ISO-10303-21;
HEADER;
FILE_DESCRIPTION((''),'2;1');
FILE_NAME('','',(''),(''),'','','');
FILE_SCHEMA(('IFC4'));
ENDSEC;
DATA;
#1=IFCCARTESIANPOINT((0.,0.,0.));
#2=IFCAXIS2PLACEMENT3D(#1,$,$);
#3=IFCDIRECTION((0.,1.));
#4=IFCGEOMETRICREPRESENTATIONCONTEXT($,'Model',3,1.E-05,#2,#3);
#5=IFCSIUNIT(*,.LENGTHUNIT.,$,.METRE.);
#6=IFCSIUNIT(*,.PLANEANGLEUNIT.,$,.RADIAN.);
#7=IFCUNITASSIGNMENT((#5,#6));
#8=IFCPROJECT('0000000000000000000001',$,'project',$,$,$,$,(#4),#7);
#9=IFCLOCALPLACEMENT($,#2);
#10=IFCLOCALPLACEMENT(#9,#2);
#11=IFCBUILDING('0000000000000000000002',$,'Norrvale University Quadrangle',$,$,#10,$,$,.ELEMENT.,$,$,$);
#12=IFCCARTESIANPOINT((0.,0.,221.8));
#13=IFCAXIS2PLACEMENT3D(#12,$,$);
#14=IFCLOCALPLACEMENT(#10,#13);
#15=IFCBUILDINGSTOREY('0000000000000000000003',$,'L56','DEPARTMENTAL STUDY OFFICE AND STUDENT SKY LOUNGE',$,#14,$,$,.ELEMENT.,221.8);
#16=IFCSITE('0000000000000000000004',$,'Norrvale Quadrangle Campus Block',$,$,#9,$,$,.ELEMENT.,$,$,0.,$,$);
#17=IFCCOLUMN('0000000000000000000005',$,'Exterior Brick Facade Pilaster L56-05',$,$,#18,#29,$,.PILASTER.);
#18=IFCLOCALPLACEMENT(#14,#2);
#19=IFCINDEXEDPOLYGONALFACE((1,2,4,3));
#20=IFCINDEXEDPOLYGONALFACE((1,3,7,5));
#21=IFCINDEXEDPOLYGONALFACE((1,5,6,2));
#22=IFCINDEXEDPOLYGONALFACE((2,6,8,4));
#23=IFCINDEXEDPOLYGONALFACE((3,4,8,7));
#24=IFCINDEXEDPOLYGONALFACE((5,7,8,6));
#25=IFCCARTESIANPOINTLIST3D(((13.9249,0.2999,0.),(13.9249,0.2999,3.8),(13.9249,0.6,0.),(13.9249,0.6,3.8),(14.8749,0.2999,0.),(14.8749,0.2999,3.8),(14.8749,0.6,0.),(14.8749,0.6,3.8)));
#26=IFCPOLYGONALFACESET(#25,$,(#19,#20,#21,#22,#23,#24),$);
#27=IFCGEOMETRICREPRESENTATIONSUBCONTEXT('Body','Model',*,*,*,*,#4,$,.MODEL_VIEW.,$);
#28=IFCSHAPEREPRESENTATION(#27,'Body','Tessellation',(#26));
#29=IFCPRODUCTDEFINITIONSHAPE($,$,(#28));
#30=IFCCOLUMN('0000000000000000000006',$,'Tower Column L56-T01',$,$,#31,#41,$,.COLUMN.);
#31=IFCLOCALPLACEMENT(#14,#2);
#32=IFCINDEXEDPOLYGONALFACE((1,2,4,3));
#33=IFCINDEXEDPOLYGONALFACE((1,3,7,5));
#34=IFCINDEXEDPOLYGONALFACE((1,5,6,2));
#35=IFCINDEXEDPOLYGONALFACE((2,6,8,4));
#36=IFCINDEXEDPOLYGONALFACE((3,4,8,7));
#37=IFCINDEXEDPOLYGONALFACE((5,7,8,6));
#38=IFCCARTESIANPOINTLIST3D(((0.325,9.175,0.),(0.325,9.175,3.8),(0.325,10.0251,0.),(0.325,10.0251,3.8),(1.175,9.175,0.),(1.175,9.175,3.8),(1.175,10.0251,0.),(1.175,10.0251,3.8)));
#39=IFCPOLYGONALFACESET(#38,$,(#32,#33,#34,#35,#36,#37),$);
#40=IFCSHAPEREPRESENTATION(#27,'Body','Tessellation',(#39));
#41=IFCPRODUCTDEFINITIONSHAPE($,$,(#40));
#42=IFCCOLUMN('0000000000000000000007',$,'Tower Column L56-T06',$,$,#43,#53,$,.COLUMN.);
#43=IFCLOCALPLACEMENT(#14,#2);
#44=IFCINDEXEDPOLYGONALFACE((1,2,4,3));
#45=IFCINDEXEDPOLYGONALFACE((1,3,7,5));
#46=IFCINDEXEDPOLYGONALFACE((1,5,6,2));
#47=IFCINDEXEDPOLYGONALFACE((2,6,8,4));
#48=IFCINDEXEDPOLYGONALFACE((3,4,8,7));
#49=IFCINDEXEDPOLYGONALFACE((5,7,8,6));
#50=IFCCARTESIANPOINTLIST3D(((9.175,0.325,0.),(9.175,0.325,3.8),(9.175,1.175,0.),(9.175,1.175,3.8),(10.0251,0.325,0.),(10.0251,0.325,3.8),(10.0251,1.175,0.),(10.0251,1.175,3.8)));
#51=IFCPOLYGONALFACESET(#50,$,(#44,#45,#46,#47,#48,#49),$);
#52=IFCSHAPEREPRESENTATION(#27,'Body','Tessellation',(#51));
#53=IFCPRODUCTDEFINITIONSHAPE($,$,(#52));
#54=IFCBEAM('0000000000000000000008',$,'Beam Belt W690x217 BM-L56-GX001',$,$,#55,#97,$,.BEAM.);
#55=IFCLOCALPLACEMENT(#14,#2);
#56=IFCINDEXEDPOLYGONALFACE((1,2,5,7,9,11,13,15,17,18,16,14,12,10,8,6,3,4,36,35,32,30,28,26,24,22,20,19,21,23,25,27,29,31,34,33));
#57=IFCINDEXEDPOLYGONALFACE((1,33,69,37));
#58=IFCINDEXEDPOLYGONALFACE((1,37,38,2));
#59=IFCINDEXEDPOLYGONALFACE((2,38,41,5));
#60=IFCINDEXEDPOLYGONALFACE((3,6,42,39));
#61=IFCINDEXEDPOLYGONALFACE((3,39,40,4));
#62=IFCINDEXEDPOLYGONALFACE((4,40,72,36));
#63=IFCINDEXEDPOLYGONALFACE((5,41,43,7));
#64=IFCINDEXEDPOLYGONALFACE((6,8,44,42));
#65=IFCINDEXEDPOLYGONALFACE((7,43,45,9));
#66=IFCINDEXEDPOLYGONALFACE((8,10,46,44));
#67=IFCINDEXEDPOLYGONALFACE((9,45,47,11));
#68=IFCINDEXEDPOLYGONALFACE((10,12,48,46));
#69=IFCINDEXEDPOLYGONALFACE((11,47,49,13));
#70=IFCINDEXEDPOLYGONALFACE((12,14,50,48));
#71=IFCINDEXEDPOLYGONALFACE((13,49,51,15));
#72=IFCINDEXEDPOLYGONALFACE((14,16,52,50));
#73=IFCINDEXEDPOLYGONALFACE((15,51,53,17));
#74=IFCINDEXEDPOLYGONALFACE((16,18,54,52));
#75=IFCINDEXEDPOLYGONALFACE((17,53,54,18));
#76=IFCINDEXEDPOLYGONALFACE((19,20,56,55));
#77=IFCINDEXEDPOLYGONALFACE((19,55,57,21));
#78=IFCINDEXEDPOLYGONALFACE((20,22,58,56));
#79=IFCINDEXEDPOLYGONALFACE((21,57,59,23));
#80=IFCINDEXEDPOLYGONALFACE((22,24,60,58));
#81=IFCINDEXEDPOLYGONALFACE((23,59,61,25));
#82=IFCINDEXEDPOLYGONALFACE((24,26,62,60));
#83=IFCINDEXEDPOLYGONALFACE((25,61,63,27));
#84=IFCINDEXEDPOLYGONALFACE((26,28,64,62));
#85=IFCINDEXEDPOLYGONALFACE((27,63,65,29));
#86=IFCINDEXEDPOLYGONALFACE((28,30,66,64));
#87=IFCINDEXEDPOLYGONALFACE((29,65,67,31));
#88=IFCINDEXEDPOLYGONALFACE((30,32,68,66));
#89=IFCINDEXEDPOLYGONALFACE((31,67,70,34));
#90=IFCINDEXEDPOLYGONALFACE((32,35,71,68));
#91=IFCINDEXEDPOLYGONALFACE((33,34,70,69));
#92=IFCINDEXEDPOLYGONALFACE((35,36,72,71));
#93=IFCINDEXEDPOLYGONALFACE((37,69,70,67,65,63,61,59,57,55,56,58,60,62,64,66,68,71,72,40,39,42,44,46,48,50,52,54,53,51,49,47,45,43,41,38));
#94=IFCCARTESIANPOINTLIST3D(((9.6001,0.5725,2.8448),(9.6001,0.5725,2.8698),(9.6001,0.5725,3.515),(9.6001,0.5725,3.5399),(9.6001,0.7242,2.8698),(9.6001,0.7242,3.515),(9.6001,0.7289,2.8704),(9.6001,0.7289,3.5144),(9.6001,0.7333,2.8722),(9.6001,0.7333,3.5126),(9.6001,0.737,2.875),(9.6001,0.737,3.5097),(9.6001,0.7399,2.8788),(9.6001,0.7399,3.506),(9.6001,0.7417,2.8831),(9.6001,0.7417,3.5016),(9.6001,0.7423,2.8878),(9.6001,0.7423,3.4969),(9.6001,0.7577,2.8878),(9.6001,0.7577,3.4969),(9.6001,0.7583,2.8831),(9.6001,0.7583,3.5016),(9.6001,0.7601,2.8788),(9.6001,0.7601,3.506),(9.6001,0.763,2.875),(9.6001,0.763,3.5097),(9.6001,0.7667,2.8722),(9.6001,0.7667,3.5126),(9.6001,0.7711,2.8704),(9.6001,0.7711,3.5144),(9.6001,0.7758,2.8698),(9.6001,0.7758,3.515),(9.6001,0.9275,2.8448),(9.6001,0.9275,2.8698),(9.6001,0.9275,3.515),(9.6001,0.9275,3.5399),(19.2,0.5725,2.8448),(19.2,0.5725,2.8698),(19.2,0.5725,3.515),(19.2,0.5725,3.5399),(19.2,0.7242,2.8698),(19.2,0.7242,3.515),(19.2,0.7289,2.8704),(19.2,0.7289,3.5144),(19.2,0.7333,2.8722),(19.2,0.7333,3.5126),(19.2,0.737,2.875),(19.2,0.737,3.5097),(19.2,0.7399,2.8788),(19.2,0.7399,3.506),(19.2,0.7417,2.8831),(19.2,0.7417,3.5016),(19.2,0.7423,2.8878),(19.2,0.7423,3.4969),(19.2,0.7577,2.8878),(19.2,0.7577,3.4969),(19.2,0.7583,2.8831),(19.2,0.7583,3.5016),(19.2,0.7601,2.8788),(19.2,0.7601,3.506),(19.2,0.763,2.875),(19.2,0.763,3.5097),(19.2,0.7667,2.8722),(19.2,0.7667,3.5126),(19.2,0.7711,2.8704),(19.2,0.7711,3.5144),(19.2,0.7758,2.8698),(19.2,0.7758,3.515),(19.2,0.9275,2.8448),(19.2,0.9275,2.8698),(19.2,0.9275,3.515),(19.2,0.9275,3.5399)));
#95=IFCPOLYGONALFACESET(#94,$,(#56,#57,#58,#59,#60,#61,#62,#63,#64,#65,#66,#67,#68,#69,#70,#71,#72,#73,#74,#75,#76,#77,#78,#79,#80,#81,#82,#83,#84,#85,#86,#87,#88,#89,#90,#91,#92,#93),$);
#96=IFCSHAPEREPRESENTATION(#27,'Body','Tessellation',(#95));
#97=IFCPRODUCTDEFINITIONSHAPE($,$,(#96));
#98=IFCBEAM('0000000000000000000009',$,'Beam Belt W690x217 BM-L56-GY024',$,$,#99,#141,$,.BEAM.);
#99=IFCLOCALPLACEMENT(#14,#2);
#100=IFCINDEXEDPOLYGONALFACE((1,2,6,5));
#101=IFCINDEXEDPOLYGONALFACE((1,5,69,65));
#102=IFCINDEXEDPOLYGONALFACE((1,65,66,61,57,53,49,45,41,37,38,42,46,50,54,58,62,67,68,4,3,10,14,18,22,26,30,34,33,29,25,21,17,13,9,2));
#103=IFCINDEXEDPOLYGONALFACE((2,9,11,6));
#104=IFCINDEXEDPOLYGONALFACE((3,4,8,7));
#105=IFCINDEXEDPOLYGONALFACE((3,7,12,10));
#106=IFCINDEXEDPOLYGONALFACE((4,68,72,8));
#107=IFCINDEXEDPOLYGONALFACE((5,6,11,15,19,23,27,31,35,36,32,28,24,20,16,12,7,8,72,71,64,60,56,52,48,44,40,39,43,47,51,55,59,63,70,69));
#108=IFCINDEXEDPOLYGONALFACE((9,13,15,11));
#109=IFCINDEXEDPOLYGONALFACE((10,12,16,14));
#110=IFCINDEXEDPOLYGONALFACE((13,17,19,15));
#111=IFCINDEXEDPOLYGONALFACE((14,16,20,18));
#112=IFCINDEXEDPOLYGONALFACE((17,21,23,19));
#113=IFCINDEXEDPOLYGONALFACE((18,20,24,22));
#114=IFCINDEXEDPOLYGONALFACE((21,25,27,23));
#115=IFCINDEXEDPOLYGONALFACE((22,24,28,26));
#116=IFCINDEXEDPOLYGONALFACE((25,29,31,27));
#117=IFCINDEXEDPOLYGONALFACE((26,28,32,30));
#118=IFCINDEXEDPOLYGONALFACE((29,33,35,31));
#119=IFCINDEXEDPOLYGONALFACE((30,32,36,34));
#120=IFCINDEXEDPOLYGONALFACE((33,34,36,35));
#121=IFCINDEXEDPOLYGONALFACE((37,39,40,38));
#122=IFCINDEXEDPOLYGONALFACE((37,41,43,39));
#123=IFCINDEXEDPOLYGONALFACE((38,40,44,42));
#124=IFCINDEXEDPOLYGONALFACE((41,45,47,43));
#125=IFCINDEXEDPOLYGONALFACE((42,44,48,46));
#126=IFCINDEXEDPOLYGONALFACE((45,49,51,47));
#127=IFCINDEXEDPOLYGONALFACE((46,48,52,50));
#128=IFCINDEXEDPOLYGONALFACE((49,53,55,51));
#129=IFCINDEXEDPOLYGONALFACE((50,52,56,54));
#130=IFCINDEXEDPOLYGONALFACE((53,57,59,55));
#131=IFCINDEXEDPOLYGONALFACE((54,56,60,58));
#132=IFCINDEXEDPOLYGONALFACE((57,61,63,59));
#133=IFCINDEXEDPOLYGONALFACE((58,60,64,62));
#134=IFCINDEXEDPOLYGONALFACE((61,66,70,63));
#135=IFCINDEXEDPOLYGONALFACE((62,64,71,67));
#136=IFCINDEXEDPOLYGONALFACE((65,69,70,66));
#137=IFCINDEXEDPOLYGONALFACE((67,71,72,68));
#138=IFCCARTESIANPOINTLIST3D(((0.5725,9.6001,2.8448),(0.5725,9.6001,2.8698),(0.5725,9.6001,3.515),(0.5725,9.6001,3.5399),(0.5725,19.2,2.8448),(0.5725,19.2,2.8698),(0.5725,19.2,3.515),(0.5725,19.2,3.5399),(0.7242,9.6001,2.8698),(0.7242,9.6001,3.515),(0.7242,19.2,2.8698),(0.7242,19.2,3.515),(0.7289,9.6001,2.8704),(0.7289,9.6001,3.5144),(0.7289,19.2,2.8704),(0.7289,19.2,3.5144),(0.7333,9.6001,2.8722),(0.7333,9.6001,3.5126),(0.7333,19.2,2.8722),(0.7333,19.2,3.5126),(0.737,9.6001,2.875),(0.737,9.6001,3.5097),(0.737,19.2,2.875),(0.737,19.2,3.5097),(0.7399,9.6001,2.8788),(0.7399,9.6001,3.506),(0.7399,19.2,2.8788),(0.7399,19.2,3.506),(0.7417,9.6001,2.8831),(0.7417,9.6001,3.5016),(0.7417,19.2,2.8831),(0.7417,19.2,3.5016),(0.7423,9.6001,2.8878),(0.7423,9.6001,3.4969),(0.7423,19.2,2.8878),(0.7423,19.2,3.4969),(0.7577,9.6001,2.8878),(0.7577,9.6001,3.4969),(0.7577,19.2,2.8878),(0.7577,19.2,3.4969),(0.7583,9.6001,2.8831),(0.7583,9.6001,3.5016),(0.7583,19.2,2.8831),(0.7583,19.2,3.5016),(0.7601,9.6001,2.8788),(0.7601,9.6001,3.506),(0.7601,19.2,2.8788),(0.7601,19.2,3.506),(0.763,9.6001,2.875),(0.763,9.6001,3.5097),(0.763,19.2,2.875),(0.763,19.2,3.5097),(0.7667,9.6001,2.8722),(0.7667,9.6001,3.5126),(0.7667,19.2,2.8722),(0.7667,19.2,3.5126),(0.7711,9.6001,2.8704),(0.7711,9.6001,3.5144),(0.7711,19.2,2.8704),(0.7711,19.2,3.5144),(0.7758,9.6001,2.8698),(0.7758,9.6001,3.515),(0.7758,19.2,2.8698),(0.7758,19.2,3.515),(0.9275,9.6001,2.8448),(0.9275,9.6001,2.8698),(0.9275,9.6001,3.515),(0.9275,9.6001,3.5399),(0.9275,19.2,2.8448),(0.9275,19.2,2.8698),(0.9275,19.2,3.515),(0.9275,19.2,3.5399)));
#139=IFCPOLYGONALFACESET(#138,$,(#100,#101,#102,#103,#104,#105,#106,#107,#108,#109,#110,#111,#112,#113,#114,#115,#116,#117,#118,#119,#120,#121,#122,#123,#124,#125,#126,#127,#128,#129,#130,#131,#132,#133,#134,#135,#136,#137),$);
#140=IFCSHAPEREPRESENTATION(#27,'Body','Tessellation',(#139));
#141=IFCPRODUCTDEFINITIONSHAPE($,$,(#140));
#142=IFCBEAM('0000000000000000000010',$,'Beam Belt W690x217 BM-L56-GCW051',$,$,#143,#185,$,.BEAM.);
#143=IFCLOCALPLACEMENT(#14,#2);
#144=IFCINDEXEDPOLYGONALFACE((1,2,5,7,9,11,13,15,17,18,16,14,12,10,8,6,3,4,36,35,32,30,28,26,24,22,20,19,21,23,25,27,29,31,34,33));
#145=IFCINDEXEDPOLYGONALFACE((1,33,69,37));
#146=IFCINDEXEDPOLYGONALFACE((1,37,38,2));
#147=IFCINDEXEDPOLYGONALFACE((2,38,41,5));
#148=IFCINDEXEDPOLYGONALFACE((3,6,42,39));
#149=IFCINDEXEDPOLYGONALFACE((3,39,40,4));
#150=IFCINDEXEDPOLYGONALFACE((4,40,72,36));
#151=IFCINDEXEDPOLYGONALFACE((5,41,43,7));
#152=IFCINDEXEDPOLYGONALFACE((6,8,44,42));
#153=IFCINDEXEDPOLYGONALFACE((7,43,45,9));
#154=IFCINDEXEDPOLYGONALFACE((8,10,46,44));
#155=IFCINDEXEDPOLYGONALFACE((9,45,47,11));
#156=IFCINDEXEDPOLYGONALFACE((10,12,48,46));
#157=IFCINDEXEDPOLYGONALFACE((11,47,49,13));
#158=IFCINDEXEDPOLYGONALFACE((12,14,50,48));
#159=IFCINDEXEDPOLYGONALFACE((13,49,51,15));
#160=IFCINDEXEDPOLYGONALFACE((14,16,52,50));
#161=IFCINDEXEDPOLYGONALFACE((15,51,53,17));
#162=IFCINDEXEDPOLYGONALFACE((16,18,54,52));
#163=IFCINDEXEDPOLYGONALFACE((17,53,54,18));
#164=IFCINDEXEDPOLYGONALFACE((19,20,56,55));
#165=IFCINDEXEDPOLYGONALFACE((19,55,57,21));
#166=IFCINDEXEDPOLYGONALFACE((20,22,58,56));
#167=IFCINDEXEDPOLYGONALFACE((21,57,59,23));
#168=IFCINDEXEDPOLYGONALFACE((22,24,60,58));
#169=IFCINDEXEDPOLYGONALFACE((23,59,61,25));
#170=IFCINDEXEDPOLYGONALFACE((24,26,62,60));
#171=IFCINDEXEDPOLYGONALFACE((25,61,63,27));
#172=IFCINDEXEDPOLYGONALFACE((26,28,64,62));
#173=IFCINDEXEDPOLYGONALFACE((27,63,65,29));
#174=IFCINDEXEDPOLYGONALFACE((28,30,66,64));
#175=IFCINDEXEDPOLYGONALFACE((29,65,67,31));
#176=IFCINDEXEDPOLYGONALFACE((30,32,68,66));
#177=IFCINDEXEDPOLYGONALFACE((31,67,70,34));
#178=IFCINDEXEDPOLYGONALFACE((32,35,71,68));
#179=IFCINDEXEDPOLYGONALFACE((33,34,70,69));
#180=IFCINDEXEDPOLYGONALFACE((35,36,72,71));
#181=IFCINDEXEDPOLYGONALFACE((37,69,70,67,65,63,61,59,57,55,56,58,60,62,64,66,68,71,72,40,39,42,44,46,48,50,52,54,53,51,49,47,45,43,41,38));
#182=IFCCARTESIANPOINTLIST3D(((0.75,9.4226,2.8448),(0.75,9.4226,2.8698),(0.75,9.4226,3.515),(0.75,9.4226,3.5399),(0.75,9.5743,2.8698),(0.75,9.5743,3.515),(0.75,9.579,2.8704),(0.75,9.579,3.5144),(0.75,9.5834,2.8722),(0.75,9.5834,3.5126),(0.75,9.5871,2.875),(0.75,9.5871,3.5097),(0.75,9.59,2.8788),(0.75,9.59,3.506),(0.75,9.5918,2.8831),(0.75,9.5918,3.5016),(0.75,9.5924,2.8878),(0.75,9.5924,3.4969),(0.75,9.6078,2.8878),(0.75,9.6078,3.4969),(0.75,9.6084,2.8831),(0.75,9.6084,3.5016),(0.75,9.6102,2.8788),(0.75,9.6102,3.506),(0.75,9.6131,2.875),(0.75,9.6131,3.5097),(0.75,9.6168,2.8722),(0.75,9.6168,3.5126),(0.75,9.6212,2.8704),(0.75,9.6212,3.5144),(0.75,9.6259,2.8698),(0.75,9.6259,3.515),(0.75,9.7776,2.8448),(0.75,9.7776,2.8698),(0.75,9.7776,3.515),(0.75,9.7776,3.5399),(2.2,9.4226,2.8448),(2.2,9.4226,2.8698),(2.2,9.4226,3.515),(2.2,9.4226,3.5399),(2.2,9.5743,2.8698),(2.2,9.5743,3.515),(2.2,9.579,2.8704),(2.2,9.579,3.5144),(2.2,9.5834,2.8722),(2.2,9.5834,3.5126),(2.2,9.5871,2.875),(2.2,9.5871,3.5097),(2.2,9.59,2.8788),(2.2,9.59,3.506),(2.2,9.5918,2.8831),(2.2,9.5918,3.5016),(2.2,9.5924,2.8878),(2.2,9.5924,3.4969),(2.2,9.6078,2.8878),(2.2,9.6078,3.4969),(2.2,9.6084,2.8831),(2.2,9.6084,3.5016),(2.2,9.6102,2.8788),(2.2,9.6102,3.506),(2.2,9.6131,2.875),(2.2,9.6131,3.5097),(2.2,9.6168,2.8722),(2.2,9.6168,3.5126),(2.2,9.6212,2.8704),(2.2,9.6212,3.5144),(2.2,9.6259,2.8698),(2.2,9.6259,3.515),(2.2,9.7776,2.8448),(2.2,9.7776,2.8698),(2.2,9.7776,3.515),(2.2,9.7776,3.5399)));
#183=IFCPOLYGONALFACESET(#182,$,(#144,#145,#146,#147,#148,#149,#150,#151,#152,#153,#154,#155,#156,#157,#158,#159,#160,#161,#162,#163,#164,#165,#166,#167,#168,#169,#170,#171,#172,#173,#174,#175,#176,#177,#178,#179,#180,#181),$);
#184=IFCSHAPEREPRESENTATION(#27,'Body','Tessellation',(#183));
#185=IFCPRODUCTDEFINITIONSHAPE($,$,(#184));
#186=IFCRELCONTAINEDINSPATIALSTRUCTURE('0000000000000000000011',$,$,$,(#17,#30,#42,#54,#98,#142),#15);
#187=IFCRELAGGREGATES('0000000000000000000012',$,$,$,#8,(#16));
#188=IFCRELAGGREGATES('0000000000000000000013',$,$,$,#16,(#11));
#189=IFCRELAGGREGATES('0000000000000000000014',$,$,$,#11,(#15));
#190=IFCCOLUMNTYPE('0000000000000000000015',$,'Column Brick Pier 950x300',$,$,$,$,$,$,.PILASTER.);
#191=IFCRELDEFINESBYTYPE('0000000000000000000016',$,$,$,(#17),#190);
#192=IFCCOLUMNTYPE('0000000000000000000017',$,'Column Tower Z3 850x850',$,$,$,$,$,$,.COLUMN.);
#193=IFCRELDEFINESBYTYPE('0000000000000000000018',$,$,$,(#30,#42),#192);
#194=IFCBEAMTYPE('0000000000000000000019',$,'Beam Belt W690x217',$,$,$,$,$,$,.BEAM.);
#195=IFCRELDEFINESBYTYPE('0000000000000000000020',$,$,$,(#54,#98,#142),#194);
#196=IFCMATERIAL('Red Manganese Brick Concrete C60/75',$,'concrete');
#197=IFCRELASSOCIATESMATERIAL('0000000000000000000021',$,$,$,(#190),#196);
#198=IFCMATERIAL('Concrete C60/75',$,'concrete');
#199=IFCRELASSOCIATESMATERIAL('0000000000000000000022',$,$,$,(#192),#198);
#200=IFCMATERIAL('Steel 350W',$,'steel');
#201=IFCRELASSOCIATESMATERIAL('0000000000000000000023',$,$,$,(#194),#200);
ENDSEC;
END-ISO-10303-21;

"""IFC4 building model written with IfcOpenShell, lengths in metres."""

from ifc_helpers import new_model, si_unit, direction, frame, origin, origin_2d, place, context, subcontext, project, spatial, rectangle, i_section, extrude, material, material_profile, profile_set, type_object, element, save


model = new_model("IFC4")

# Units and contexts
model_context = context("Model", 3, precision=1e-05, world=origin(), true_north=direction((0.0, 1.0)))
body_context = subcontext(model_context, "Body", "Model", "MODEL_VIEW")
ifc_project = project(units=[si_unit("LENGTHUNIT", "METRE"), si_unit("PLANEANGLEUNIT", "RADIAN")], contexts=[model_context])

# Site, building, storey
site_placement = place(None, origin())
site = spatial("IfcSite", under=ifc_project, at=site_placement, Name="Norrvale Quadrangle Campus Block", CompositionType="ELEMENT", RefElevation=0.0)
building_placement = place(site_placement, origin())
building = spatial("IfcBuilding", under=site, at=building_placement, Name="Norrvale University Quadrangle", CompositionType="ELEMENT")
storey_placement = place(building_placement, frame((0.0, 0.0, 221.8)))
storey = spatial("IfcBuildingStorey", under=building, at=storey_placement, Name="L56", Description="DEPARTMENTAL STUDY OFFICE AND STUDENT SKY LOUNGE", CompositionType="ELEMENT", Elevation=221.8)

# Columns
ifc_material_1 = material(Name="Red Manganese Brick Concrete C60/75", Category="concrete")
ifc_material_profile_1 = material_profile(ifc_material_1, rectangle(XDim=0.95, YDim=0.3, at=origin_2d()), Name="Red Manganese Brick Concrete C60/75")
ifc_profile_set_1 = profile_set([ifc_material_profile_1], Name="Red Manganese Brick Concrete C60/75")
column_type_1 = type_object("IfcColumnType", Name="Column Brick Pier 950x300", PredefinedType="PILASTER", material=ifc_profile_set_1)
column_placement = place(storey_placement, frame((14.3999, 0.45, 0.0), z_axis=(0.0, 0.0, 1.0), x_axis=(1.0, 0.0, 0.0)))
element("IfcColumn", 1, at=column_placement, inside=storey, type_object=column_type_1, Name="Exterior Brick Facade Pilaster L56-05", PredefinedType="PILASTER", context=body_context, shape_type="SweptSolid", body=[
    extrude(rectangle(XDim=0.95, YDim=0.3, at=origin_2d()), origin(), (0.0, 0.0, 1.0), 3.8),
])
ifc_material_2 = material(Name="Concrete C60/75", Category="concrete")
ifc_material_profile_2 = material_profile(ifc_material_2, rectangle(XDim=0.8501, YDim=0.8501, at=origin_2d()), Name="Concrete C60/75")
ifc_profile_set_2 = profile_set([ifc_material_profile_2], Name="Concrete C60/75")
column_type_2 = type_object("IfcColumnType", Name="Column Tower Z3 850x850", PredefinedType="COLUMN", material=ifc_profile_set_2)
for number, where, z_axis, x_axis, name in (
    (2, (0.75, 9.6001, 0.0), (0.0, 0.0, 1.0), (1.0, 0.0, 0.0), "Tower Column L56-T01"),
    (3, (9.6001, 0.75, 0.0), (0.0, 0.0, 1.0), (1.0, 0.0, 0.0), "Tower Column L56-T06"),
):
    element("IfcColumn", number, at=place(storey_placement, frame(where, z_axis=z_axis, x_axis=x_axis)), inside=storey, type_object=column_type_2, Name=name, PredefinedType="COLUMN", context=body_context, shape_type="SweptSolid", body=[
        extrude(rectangle(XDim=0.8501, YDim=0.8501, at=origin_2d()), origin(), (0.0, 0.0, 1.0), 3.8),
    ])

# Beams
ifc_material_3 = material(Name="Steel 350W", Category="steel")
ifc_material_profile_3 = material_profile(ifc_material_3, i_section(OverallWidth=0.355, OverallDepth=0.6951, WebThickness=0.0154, FlangeThickness=0.0249, FilletRadius=0.0181, at=origin_2d()), Name="Steel 350W")
ifc_profile_set_3 = profile_set([ifc_material_profile_3], Name="Steel 350W")
beam_type_1 = type_object("IfcBeamType", Name="Beam Belt W690x217", PredefinedType="BEAM", material=ifc_profile_set_3)
for number, where, z_axis, x_axis, name in (
    (4, (9.6001, 0.75, 3.1924), (1.0, 0.0, 0.0), (0.0, 1.0, 0.0), "Beam Belt W690x217 BM-L56-GX001"),
    (5, (0.75, 9.6001, 3.1924), (0.0, 1.0, 0.0), (-1.0, 0.0, 0.0), "Beam Belt W690x217 BM-L56-GY024"),
):
    element("IfcBeam", number, at=place(storey_placement, frame(where, z_axis=z_axis, x_axis=x_axis)), inside=storey, type_object=beam_type_1, Name=name, PredefinedType="BEAM", context=body_context, shape_type="SweptSolid", body=[
        extrude(i_section(OverallWidth=0.355, OverallDepth=0.6951, WebThickness=0.0154, FlangeThickness=0.0249, FilletRadius=0.0181, at=origin_2d()), origin(), (0.0, 0.0, 1.0), 9.5999),
    ])
beam_1_placement = place(storey_placement, frame((0.75, 9.6001, 3.1924), z_axis=(1.0, 0.0, 0.0), x_axis=(0.0, 1.0, 0.0)))
element("IfcBeam", 6, at=beam_1_placement, inside=storey, type_object=beam_type_1, Name="Beam Belt W690x217 BM-L56-GCW051", PredefinedType="BEAM", context=body_context, shape_type="SweptSolid", body=[
    extrude(i_section(OverallWidth=0.355, OverallDepth=0.6951, WebThickness=0.0154, FlangeThickness=0.0249, FilletRadius=0.0181, at=origin_2d()), origin(), (0.0, 0.0, 1.0), 1.45),
])

save(model, "model.ifc")
